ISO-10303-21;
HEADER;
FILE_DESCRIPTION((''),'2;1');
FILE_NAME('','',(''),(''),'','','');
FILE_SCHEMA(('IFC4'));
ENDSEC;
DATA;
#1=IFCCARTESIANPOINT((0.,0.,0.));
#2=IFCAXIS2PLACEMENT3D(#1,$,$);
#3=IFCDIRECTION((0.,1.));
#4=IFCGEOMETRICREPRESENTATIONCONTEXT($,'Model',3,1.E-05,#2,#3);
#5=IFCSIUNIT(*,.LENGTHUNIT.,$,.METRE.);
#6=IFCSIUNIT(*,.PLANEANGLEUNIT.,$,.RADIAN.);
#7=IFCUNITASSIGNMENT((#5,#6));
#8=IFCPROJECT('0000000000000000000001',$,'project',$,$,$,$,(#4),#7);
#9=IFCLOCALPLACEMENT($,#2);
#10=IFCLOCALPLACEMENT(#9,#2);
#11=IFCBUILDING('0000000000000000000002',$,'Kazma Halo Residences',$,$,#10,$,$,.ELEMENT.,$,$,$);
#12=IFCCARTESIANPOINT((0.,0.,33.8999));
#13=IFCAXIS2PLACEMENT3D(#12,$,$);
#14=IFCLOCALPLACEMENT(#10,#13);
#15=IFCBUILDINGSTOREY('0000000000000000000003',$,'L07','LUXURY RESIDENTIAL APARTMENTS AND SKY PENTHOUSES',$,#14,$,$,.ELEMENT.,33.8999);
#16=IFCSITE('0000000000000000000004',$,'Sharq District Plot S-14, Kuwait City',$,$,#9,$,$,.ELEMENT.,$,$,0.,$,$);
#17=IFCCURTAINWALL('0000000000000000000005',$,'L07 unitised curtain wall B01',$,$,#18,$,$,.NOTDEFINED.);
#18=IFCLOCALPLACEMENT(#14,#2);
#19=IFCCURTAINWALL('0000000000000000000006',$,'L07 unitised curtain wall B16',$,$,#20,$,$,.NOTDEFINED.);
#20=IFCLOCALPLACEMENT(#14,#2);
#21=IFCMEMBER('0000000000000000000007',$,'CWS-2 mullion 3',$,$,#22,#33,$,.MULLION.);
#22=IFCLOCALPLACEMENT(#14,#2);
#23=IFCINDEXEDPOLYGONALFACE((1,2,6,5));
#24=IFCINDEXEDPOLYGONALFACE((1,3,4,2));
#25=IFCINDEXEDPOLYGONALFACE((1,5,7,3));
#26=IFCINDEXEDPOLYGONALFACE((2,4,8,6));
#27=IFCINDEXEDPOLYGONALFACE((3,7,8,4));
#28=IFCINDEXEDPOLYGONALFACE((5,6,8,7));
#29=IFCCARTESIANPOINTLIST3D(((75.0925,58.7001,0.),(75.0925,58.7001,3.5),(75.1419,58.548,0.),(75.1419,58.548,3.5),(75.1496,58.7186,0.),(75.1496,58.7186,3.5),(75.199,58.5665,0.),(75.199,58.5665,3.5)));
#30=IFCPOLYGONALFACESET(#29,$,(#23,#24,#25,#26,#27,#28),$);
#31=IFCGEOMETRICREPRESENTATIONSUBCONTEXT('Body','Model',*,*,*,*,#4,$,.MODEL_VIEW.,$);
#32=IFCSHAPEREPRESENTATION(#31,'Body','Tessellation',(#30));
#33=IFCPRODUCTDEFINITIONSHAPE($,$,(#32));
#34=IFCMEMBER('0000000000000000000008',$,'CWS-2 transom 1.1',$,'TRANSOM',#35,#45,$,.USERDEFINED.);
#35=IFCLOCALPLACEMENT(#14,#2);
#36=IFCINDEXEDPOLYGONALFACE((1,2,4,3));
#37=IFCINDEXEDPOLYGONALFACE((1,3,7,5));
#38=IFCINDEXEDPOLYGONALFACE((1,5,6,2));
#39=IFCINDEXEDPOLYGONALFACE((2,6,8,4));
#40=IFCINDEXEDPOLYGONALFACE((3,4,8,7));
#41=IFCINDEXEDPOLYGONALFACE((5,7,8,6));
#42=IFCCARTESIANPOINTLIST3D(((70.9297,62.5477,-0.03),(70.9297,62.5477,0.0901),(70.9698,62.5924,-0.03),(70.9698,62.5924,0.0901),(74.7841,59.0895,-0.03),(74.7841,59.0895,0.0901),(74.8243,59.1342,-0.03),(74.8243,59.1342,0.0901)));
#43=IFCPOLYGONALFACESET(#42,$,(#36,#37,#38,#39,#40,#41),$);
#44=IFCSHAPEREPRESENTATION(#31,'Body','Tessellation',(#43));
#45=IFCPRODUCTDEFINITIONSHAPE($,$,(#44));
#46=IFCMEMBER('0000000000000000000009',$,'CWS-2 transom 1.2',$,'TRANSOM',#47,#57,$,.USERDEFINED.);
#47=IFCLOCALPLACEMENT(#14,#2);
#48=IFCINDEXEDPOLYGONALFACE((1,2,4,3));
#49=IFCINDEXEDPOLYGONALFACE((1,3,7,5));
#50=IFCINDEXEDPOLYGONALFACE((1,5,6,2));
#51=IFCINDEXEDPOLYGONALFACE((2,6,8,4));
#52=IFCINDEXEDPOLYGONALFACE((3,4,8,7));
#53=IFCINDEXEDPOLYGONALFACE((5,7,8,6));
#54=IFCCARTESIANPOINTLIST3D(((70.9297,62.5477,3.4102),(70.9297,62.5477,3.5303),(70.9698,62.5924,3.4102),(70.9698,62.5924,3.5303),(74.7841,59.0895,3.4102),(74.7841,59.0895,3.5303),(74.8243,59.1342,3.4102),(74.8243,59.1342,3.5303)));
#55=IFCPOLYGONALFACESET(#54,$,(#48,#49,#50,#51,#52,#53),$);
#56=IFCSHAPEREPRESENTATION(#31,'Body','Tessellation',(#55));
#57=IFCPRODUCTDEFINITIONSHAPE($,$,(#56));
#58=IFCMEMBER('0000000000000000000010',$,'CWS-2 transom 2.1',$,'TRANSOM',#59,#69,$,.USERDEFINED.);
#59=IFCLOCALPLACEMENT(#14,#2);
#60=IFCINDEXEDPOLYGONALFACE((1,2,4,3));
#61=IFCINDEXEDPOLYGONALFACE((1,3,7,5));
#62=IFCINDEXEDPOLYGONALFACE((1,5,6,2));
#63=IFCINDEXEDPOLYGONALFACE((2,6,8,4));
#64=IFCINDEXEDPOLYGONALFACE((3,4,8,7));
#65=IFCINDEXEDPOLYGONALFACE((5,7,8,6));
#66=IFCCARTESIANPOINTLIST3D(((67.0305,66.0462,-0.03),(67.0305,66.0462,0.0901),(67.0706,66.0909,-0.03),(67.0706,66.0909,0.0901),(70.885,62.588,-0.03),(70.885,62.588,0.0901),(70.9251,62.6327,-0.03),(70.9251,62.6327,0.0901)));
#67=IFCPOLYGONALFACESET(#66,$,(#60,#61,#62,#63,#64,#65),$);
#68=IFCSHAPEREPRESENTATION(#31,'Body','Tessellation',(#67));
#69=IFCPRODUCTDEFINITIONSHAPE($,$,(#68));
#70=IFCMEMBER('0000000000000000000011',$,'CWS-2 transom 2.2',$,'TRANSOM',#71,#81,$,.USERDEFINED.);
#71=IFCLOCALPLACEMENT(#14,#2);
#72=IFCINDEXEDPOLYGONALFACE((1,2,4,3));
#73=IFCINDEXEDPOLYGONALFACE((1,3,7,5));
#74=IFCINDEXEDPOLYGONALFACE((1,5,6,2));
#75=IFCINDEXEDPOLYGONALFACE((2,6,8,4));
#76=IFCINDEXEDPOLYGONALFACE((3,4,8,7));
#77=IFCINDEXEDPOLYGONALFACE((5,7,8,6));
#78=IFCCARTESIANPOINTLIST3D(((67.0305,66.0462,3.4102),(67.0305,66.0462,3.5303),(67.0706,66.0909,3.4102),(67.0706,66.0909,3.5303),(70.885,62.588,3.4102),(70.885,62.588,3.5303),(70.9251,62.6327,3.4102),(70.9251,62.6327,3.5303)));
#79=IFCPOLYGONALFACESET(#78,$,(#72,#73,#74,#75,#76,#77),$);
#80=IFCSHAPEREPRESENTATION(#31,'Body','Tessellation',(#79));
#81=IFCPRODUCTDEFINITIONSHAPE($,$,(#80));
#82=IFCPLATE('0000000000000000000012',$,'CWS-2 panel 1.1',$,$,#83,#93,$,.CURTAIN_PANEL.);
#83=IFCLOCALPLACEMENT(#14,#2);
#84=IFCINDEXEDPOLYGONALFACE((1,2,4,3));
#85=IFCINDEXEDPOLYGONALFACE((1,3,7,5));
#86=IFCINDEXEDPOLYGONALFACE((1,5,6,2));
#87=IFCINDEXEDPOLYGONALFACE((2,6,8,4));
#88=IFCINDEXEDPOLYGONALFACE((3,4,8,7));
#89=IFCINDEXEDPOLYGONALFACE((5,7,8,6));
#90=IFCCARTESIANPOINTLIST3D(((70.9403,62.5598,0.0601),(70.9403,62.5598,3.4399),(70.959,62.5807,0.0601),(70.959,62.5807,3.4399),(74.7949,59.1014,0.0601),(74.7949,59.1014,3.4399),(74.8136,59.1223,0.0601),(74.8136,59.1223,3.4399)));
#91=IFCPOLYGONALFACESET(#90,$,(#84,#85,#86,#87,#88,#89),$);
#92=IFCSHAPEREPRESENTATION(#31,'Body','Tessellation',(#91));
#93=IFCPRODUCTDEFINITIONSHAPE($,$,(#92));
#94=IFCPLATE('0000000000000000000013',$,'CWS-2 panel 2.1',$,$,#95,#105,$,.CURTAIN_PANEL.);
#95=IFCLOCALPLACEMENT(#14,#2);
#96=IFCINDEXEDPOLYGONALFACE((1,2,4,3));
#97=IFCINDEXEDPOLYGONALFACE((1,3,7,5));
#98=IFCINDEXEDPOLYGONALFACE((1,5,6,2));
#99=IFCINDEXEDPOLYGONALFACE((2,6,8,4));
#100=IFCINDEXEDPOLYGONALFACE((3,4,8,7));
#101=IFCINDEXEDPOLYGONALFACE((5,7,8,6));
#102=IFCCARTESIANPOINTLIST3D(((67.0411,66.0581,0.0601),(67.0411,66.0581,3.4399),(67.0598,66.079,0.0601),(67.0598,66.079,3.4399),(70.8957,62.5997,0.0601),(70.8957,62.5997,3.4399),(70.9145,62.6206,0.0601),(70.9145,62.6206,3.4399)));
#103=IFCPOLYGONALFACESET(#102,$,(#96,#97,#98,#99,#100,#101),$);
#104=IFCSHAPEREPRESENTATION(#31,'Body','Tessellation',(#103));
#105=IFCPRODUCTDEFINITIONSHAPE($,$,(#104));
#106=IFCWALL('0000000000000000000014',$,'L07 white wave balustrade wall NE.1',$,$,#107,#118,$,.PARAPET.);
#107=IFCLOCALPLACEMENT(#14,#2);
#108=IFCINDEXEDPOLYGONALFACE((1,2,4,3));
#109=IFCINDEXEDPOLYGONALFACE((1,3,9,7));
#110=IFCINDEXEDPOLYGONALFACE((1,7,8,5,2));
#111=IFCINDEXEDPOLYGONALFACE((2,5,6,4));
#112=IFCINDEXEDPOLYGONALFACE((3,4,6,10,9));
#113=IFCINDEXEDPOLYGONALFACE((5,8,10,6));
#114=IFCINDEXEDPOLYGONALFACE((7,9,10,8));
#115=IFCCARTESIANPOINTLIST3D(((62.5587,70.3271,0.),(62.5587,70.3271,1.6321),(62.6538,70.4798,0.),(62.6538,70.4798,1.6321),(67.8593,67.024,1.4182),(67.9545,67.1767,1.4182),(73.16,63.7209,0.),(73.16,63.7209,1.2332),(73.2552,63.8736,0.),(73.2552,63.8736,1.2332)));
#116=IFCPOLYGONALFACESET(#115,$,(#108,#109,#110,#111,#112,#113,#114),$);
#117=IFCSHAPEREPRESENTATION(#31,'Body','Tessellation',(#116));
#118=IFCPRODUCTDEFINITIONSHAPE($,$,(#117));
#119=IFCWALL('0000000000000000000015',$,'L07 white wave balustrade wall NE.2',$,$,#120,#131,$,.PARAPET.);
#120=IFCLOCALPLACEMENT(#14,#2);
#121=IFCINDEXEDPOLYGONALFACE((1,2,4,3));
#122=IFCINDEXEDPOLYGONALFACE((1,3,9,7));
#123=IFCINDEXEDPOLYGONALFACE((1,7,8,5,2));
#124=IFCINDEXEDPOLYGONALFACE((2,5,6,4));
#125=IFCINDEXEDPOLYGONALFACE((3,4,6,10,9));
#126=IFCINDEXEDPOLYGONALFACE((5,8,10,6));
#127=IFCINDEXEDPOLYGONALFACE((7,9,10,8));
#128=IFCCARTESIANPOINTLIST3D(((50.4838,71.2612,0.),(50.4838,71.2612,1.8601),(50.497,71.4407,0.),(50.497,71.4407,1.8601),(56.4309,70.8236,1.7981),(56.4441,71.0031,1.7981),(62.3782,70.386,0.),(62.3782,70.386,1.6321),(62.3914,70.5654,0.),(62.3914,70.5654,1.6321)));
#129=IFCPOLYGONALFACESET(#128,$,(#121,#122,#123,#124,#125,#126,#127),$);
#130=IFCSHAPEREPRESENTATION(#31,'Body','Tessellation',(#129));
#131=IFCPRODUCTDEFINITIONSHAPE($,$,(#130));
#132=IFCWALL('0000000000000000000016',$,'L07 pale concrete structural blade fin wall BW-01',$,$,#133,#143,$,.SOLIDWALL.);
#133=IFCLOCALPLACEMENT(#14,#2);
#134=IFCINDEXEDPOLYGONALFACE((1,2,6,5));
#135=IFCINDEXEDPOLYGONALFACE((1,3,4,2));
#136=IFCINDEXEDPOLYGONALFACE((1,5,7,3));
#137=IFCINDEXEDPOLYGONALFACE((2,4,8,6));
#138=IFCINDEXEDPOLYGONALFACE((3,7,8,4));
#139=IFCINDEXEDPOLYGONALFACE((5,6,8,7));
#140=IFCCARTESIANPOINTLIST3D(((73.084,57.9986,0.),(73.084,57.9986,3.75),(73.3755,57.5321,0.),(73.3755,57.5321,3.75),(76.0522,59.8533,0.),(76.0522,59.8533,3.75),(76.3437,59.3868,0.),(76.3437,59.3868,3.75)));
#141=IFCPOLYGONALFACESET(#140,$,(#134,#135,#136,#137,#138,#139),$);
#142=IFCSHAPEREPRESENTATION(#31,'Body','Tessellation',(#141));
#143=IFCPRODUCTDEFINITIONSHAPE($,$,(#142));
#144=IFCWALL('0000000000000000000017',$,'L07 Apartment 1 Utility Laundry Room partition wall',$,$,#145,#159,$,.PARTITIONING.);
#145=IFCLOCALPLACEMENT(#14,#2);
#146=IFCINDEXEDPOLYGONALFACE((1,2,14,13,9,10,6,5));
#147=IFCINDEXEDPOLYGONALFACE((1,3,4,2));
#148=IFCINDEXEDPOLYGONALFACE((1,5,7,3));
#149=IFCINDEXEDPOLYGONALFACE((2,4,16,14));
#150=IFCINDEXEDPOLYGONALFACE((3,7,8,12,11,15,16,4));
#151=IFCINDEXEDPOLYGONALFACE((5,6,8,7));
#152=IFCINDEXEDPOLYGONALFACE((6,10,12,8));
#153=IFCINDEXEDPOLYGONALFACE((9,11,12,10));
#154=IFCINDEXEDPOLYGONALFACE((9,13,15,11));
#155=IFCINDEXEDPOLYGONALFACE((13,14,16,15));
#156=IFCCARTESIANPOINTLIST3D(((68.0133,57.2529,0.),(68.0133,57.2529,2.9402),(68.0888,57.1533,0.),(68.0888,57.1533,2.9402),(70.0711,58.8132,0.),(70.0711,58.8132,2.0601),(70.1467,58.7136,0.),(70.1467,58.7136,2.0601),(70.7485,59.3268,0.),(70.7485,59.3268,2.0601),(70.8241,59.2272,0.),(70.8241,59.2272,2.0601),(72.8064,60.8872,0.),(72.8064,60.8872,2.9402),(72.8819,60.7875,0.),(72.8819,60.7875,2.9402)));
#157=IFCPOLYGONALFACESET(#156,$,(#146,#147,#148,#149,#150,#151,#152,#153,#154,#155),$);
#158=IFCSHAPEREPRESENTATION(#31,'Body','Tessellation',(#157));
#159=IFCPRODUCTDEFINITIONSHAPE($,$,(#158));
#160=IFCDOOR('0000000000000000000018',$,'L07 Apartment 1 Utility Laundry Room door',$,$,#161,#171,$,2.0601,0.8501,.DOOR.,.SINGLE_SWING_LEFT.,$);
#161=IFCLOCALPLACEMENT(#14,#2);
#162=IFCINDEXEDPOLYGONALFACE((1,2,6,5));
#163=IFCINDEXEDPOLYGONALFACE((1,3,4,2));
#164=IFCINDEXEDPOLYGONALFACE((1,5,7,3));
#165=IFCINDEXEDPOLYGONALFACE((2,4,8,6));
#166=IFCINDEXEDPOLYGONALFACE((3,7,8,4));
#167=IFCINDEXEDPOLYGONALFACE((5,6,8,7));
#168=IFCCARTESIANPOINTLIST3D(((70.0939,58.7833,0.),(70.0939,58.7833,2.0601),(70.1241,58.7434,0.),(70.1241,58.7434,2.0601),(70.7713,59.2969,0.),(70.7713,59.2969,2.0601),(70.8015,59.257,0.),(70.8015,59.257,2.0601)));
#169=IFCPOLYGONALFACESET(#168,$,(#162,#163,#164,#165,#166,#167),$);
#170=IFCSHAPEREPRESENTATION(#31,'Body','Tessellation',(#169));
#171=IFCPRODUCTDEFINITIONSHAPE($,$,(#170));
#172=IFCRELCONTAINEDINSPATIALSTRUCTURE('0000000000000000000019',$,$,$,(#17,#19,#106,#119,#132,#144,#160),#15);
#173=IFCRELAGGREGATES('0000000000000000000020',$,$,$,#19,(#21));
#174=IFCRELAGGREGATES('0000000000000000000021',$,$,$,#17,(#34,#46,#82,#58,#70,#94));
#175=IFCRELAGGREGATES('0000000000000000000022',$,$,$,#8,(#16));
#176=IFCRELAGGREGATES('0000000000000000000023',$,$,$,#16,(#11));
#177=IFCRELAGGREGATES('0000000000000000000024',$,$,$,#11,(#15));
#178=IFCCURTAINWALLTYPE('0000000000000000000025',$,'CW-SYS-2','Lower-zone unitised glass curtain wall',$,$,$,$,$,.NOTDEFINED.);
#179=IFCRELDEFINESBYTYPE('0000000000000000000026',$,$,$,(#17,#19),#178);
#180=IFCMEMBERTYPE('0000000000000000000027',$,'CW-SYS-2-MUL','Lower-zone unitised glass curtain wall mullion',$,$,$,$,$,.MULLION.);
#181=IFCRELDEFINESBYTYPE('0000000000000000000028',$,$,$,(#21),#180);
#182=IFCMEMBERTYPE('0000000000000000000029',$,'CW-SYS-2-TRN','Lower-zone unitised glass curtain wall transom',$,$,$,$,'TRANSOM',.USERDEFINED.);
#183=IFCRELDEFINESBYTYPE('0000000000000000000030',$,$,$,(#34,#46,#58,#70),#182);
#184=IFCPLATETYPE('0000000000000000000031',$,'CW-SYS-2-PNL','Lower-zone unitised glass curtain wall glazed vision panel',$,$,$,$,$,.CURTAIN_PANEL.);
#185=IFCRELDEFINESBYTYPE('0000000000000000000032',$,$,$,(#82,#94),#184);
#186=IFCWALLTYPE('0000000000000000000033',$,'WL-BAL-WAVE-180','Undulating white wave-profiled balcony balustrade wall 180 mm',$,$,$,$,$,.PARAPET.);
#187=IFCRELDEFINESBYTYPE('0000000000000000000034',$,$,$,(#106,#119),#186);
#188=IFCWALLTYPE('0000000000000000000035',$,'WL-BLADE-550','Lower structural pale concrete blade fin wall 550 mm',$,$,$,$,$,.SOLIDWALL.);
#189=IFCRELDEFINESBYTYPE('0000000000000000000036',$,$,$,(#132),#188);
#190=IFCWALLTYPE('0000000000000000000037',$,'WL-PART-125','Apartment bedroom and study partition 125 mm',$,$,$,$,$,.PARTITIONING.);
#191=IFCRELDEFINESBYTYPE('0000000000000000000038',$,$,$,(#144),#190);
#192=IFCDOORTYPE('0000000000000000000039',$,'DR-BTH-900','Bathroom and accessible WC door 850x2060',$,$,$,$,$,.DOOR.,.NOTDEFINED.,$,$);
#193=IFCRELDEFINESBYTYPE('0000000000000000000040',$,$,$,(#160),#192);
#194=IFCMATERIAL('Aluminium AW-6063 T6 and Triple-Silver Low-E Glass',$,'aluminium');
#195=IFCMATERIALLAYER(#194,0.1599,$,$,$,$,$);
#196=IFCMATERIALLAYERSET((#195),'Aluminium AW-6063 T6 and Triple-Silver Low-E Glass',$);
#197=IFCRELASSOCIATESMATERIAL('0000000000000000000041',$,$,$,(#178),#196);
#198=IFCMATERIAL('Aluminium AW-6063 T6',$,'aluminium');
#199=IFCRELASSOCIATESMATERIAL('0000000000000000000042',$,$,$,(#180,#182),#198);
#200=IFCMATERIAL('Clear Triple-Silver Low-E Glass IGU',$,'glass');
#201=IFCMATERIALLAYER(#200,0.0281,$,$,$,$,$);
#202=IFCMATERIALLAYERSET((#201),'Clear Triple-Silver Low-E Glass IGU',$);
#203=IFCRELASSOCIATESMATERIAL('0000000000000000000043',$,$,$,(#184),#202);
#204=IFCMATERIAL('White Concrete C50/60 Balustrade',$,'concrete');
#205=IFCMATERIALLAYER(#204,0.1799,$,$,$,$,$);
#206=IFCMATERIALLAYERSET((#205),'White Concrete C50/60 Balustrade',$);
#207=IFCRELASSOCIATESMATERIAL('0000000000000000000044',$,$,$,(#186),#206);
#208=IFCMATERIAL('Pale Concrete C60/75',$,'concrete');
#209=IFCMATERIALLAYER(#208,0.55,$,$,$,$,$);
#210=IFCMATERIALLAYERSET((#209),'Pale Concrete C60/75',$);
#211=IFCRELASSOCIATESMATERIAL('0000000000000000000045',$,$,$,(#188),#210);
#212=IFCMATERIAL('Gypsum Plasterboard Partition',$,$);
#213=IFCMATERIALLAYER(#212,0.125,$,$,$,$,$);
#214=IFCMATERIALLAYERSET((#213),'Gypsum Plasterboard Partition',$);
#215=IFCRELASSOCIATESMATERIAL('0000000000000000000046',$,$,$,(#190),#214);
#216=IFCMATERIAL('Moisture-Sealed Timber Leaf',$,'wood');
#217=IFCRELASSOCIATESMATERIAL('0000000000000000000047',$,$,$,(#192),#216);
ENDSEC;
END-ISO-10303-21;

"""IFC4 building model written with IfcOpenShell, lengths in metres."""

from ifc_helpers import new_model, si_unit, direction, frame, frame_2d, origin, origin_2d, place, context, subcontext, project, spatial, polyline, rectangle, outline, extrude, material, layer, layer_set, material_profile, profile_set, type_object, element, fill, aggregate, save


model = new_model("IFC4")

# Units and contexts
model_context = context("Model", 3, precision=1e-05, world=origin(), true_north=direction((0.0, 1.0)))
body_context = subcontext(model_context, "Body", "Model", "MODEL_VIEW")
ifc_project = project(units=[si_unit("LENGTHUNIT", "METRE"), si_unit("PLANEANGLEUNIT", "RADIAN")], contexts=[model_context])

# Site, building, storey
site_placement = place(None, origin())
site = spatial("IfcSite", under=ifc_project, at=site_placement, Name="Sharq District Plot S-14, Kuwait City", CompositionType="ELEMENT", RefElevation=0.0)
building_placement = place(site_placement, origin())
building = spatial("IfcBuilding", under=site, at=building_placement, Name="Kazma Halo Residences", CompositionType="ELEMENT")
storey_placement = place(building_placement, frame((0.0, 0.0, 33.8999)))
storey = spatial("IfcBuildingStorey", under=building, at=storey_placement, Name="L07", Description="LUXURY RESIDENTIAL APARTMENTS AND SKY PENTHOUSES", CompositionType="ELEMENT", Elevation=33.8999)

# Curtain wall
ifc_material_1 = material(Name="Aluminium AW-6063 T6 and Triple-Silver Low-E Glass", Category="aluminium")
ifc_layer_1 = layer(ifc_material_1, 0.1599)
ifc_layer_set_1 = layer_set([ifc_layer_1], Name="Aluminium AW-6063 T6 and Triple-Silver Low-E Glass")
curtain_wall_type = type_object("IfcCurtainWallType", Name="CW-SYS-2", Description="Lower-zone unitised glass curtain wall", PredefinedType="NOTDEFINED", material=ifc_layer_set_1)
curtain_wall_1_placement = place(storey_placement, origin())
curtain_wall_1 = element("IfcCurtainWall", 1, at=curtain_wall_1_placement, inside=storey, type_object=curtain_wall_type, Name="L07 unitised curtain wall B01", PredefinedType="NOTDEFINED")
ifc_material_2 = material(Name="Aluminium AW-6063 T6", Category="aluminium")
ifc_material_profile_1 = material_profile(ifc_material_2, rectangle(XDim=0.0601, YDim=0.1599, at=origin_2d()), Name="CWM-60x160")
ifc_profile_set_1 = profile_set([ifc_material_profile_1], Name="Aluminium AW-6063 T6")
member_type_1 = type_object("IfcMemberType", Name="CW-SYS-2-MUL", Description="Lower-zone unitised glass curtain wall mullion", PredefinedType="MULLION", material=ifc_profile_set_1)

# Curtain wall, member
curtain_wall_2_placement = place(storey_placement, origin())
curtain_wall_2 = element("IfcCurtainWall", 2, at=curtain_wall_2_placement, inside=storey, type_object=curtain_wall_type, Name="L07 unitised curtain wall B16", PredefinedType="NOTDEFINED")
member_1_placement = place(storey_placement, frame((75.1458, 58.6333, 0.0), z_axis=(0.0, 0.0, 1.0), x_axis=(-0.951057, -0.309017, 0.0)))
member_1 = element("IfcMember", 3, at=member_1_placement, type_object=member_type_1, Name="CWS-2 mullion 3", PredefinedType="MULLION", context=body_context, shape_type="SweptSolid", body=[
    extrude(rectangle(XDim=0.0601, YDim=0.1599, at=origin_2d()), origin(), (0.0, 0.0, 1.0), 3.5),
])
aggregate(curtain_wall_2, [member_1])

# Members
ifc_material_profile_2 = material_profile(ifc_material_2, rectangle(XDim=0.0601, YDim=0.1201, at=origin_2d()), Name="CWT-60x120")
ifc_profile_set_2 = profile_set([ifc_material_profile_2], Name="Aluminium AW-6063 T6")
member_type_2 = type_object("IfcMemberType", Name="CW-SYS-2-TRN", Description="Lower-zone unitised glass curtain wall transom", ElementType="TRANSOM", PredefinedType="USERDEFINED", material=ifc_profile_set_2)
member_2_placement = place(storey_placement, frame((74.8042, 59.1118, 0.03), z_axis=(-0.744329, 0.667813, 0.0), x_axis=(-0.667813, -0.744329, 0.0)))
member_2 = element("IfcMember", 4, at=member_2_placement, type_object=member_type_2, Name="CWS-2 transom 1.1", ObjectType="TRANSOM", PredefinedType="USERDEFINED", context=body_context, shape_type="SweptSolid", body=[
    extrude(rectangle(XDim=0.0601, YDim=0.1201, at=origin_2d()), origin(), (0.0, 0.0, 1.0), 5.1785),
])
member_3_placement = place(storey_placement, frame((74.8042, 59.1118, 3.4702), z_axis=(-0.744329, 0.667813, 0.0), x_axis=(-0.667813, -0.744329, 0.0)))
member_3 = element("IfcMember", 5, at=member_3_placement, type_object=member_type_2, Name="CWS-2 transom 1.2", ObjectType="TRANSOM", PredefinedType="USERDEFINED", context=body_context, shape_type="SweptSolid", body=[
    extrude(rectangle(XDim=0.0601, YDim=0.1201, at=origin_2d()), origin(), (0.0, 0.0, 1.0), 5.1785),
])
member_4_placement = place(storey_placement, frame((70.905, 62.6104, 0.03), z_axis=(-0.744329, 0.667813, 0.0), x_axis=(-0.667813, -0.744329, 0.0)))
member_4 = element("IfcMember", 6, at=member_4_placement, type_object=member_type_2, Name="CWS-2 transom 2.1", ObjectType="TRANSOM", PredefinedType="USERDEFINED", context=body_context, shape_type="SweptSolid", body=[
    extrude(rectangle(XDim=0.0601, YDim=0.1201, at=origin_2d()), origin(), (0.0, 0.0, 1.0), 5.1785),
])
member_5_placement = place(storey_placement, frame((70.905, 62.6104, 3.4702), z_axis=(-0.744329, 0.667813, 0.0), x_axis=(-0.667813, -0.744329, 0.0)))
member_5 = element("IfcMember", 7, at=member_5_placement, type_object=member_type_2, Name="CWS-2 transom 2.2", ObjectType="TRANSOM", PredefinedType="USERDEFINED", context=body_context, shape_type="SweptSolid", body=[
    extrude(rectangle(XDim=0.0601, YDim=0.1201, at=origin_2d()), origin(), (0.0, 0.0, 1.0), 5.1785),
])

# Plates
ifc_material_3 = material(Name="Clear Triple-Silver Low-E Glass IGU", Category="glass")
ifc_layer_2 = layer(ifc_material_3, 0.0281)
ifc_layer_set_2 = layer_set([ifc_layer_2], Name="Clear Triple-Silver Low-E Glass IGU")
plate_type = type_object("IfcPlateType", Name="CW-SYS-2-PNL", Description="Lower-zone unitised glass curtain wall glazed vision panel", PredefinedType="CURTAIN_PANEL", material=ifc_layer_set_2)
plate_1_placement = place(storey_placement, frame((72.877, 60.8411, 0.0601), z_axis=(0.0, 0.0, 1.0), x_axis=(-0.744322, 0.667821, 0.0)))
plate_1 = element("IfcPlate", 8, at=plate_1_placement, type_object=plate_type, Name="CWS-2 panel 1.1", PredefinedType="CURTAIN_PANEL", context=body_context, shape_type="SweptSolid", body=[
    extrude(rectangle(XDim=5.1787, YDim=0.0281, at=origin_2d()), origin(), (0.0, 0.0, 1.0), 3.3799),
])
plate_2_placement = place(storey_placement, frame((68.9778, 64.3394, 0.0601), z_axis=(0.0, 0.0, 1.0), x_axis=(-0.744322, 0.667821, 0.0)))
plate_2 = element("IfcPlate", 9, at=plate_2_placement, type_object=plate_type, Name="CWS-2 panel 2.1", PredefinedType="CURTAIN_PANEL", context=body_context, shape_type="SweptSolid", body=[
    extrude(rectangle(XDim=5.1787, YDim=0.0281, at=origin_2d()), origin(), (0.0, 0.0, 1.0), 3.3799),
])
aggregate(curtain_wall_1, [member_2, member_3, plate_1, member_4, member_5, plate_2])

# Walls
ifc_material_4 = material(Name="White Concrete C50/60 Balustrade", Category="concrete")
ifc_layer_3 = layer(ifc_material_4, 0.1799)
ifc_layer_set_3 = layer_set([ifc_layer_3], Name="White Concrete C50/60 Balustrade")
wall_type_1 = type_object("IfcWallType", Name="WL-BAL-WAVE-180", Description="Undulating white wave-profiled balcony balustrade wall 180 mm", PredefinedType="PARAPET", material=ifc_layer_set_3)
wall_1_placement = place(storey_placement, frame((73.2075, 63.7971, 0.0), z_axis=(0.0, 0.0, 1.0), x_axis=(-0.848704, 0.528869, 0.0)))
element("IfcWall", 10, at=wall_1_placement, inside=storey, type_object=wall_type_1, Name="L07 white wave balustrade wall NE.1", PredefinedType="PARAPET", context=body_context, shape_type="SweptSolid", body=[
    extrude(outline(polyline([(0.0, 0.0), (12.4912, 0.0), (12.4912, 1.6321), (6.2456, 1.4182), (0.0, 1.2332), (0.0, 0.0)])), frame((0.0, 0.0898, 0.0), z_axis=(0.0, -1.0, 0.0), x_axis=(1.0, 0.0, 0.0)), (0.0, 0.0, 1.0), 0.1799),
])
wall_2_placement = place(storey_placement, frame((62.3848, 70.4756, 0.0), z_axis=(0.0, 0.0, 1.0), x_axis=(-0.997304, 0.073387, 0.0)))
element("IfcWall", 11, at=wall_2_placement, inside=storey, type_object=wall_type_1, Name="L07 white wave balustrade wall NE.2", PredefinedType="PARAPET", context=body_context, shape_type="SweptSolid", body=[
    extrude(outline(polyline([(0.0, 0.0), (11.9265, 0.0), (11.9265, 1.8601), (5.9634, 1.7981), (0.0, 1.6321), (0.0, 0.0)])), frame((0.0, 0.0898, 0.0), z_axis=(0.0, -1.0, 0.0), x_axis=(1.0, 0.0, 0.0)), (0.0, 0.0, 1.0), 0.1799),
])
ifc_material_5 = material(Name="Pale Concrete C60/75", Category="concrete")
ifc_layer_4 = layer(ifc_material_5, 0.55)
ifc_layer_set_4 = layer_set([ifc_layer_4], Name="Pale Concrete C60/75")
wall_type_2 = type_object("IfcWallType", Name="WL-BLADE-550", Description="Lower structural pale concrete blade fin wall 550 mm", PredefinedType="SOLIDWALL", material=ifc_layer_set_4)
wall_3_placement = place(storey_placement, frame((73.2297, 57.7654, 0.0), z_axis=(0.0, 0.0, 1.0), x_axis=(0.848053, 0.529911, 0.0)))
element("IfcWall", 12, at=wall_3_placement, inside=storey, type_object=wall_type_2, Name="L07 pale concrete structural blade fin wall BW-01", PredefinedType="SOLIDWALL", context=body_context, shape_type="SweptSolid", body=[
    extrude(rectangle(XDim=3.5, YDim=0.55, at=frame_2d((1.75, 0.0))), origin(), (0.0, 0.0, 1.0), 3.75),
])

# Wall, opening, door
ifc_material_6 = material(Name="Gypsum Plasterboard Partition")
ifc_layer_5 = layer(ifc_material_6, 0.125)
ifc_layer_set_5 = layer_set([ifc_layer_5], Name="Gypsum Plasterboard Partition")
wall_type_3 = type_object("IfcWallType", Name="WL-PART-125", Description="Apartment bedroom and study partition 125 mm", PredefinedType="PARTITIONING", material=ifc_layer_set_5)
wall_4_placement = place(storey_placement, frame((68.051, 57.2031, 0.0), z_axis=(0.0, 0.0, 1.0), x_axis=(0.796848, 0.60418, 0.0)))
wall_4 = element("IfcWall", 13, at=wall_4_placement, inside=storey, type_object=wall_type_3, Name="L07 Apartment 1 Utility Laundry Room partition wall", PredefinedType="PARTITIONING", context=body_context, shape_type="SweptSolid", body=[
    extrude(rectangle(XDim=6.0151, YDim=0.125, at=frame_2d((3.0076, 0.0))), origin(), (0.0, 0.0, 1.0), 2.9402),
])
opening_1_placement = place(wall_4_placement, frame((2.5825, 0.0, 0.0)))
opening_1 = element("IfcOpeningElement", 14, at=opening_1_placement, cuts=wall_4, PredefinedType="OPENING", context=body_context, shape_type="SweptSolid", body=[
    extrude(rectangle(XDim=0.8501, YDim=2.0601, at=frame_2d((0.425, 1.03))), frame((0.0, 0.0725, 0.0), z_axis=(0.0, -1.0, 0.0), x_axis=(1.0, 0.0, 0.0)), (0.0, 0.0, 1.0), 0.145),
])
ifc_material_7 = material(Name="Moisture-Sealed Timber Leaf", Category="wood")
door_type_1 = type_object("IfcDoorType", Name="DR-BTH-900", Description="Bathroom and accessible WC door 850x2060", OperationType="NOTDEFINED", PredefinedType="DOOR", material=ifc_material_7)
door_1_placement = place(opening_1_placement, origin())
door_1 = element("IfcDoor", 15, at=door_1_placement, inside=storey, type_object=door_type_1, Name="L07 Apartment 1 Utility Laundry Room door", OperationType="SINGLE_SWING_LEFT", OverallHeight=2.0601, OverallWidth=0.8501, PredefinedType="DOOR", context=body_context, shape_type="SweptSolid", body=[
    extrude(rectangle(XDim=0.8501, YDim=2.0601, at=frame_2d((0.425, 1.03))), frame((0.0, 0.0249, 0.0), z_axis=(0.0, -1.0, 0.0), x_axis=(1.0, 0.0, 0.0)), (0.0, 0.0, 1.0), 0.05),
])
fill(opening_1, door_1)

save(model, "model.ifc")
